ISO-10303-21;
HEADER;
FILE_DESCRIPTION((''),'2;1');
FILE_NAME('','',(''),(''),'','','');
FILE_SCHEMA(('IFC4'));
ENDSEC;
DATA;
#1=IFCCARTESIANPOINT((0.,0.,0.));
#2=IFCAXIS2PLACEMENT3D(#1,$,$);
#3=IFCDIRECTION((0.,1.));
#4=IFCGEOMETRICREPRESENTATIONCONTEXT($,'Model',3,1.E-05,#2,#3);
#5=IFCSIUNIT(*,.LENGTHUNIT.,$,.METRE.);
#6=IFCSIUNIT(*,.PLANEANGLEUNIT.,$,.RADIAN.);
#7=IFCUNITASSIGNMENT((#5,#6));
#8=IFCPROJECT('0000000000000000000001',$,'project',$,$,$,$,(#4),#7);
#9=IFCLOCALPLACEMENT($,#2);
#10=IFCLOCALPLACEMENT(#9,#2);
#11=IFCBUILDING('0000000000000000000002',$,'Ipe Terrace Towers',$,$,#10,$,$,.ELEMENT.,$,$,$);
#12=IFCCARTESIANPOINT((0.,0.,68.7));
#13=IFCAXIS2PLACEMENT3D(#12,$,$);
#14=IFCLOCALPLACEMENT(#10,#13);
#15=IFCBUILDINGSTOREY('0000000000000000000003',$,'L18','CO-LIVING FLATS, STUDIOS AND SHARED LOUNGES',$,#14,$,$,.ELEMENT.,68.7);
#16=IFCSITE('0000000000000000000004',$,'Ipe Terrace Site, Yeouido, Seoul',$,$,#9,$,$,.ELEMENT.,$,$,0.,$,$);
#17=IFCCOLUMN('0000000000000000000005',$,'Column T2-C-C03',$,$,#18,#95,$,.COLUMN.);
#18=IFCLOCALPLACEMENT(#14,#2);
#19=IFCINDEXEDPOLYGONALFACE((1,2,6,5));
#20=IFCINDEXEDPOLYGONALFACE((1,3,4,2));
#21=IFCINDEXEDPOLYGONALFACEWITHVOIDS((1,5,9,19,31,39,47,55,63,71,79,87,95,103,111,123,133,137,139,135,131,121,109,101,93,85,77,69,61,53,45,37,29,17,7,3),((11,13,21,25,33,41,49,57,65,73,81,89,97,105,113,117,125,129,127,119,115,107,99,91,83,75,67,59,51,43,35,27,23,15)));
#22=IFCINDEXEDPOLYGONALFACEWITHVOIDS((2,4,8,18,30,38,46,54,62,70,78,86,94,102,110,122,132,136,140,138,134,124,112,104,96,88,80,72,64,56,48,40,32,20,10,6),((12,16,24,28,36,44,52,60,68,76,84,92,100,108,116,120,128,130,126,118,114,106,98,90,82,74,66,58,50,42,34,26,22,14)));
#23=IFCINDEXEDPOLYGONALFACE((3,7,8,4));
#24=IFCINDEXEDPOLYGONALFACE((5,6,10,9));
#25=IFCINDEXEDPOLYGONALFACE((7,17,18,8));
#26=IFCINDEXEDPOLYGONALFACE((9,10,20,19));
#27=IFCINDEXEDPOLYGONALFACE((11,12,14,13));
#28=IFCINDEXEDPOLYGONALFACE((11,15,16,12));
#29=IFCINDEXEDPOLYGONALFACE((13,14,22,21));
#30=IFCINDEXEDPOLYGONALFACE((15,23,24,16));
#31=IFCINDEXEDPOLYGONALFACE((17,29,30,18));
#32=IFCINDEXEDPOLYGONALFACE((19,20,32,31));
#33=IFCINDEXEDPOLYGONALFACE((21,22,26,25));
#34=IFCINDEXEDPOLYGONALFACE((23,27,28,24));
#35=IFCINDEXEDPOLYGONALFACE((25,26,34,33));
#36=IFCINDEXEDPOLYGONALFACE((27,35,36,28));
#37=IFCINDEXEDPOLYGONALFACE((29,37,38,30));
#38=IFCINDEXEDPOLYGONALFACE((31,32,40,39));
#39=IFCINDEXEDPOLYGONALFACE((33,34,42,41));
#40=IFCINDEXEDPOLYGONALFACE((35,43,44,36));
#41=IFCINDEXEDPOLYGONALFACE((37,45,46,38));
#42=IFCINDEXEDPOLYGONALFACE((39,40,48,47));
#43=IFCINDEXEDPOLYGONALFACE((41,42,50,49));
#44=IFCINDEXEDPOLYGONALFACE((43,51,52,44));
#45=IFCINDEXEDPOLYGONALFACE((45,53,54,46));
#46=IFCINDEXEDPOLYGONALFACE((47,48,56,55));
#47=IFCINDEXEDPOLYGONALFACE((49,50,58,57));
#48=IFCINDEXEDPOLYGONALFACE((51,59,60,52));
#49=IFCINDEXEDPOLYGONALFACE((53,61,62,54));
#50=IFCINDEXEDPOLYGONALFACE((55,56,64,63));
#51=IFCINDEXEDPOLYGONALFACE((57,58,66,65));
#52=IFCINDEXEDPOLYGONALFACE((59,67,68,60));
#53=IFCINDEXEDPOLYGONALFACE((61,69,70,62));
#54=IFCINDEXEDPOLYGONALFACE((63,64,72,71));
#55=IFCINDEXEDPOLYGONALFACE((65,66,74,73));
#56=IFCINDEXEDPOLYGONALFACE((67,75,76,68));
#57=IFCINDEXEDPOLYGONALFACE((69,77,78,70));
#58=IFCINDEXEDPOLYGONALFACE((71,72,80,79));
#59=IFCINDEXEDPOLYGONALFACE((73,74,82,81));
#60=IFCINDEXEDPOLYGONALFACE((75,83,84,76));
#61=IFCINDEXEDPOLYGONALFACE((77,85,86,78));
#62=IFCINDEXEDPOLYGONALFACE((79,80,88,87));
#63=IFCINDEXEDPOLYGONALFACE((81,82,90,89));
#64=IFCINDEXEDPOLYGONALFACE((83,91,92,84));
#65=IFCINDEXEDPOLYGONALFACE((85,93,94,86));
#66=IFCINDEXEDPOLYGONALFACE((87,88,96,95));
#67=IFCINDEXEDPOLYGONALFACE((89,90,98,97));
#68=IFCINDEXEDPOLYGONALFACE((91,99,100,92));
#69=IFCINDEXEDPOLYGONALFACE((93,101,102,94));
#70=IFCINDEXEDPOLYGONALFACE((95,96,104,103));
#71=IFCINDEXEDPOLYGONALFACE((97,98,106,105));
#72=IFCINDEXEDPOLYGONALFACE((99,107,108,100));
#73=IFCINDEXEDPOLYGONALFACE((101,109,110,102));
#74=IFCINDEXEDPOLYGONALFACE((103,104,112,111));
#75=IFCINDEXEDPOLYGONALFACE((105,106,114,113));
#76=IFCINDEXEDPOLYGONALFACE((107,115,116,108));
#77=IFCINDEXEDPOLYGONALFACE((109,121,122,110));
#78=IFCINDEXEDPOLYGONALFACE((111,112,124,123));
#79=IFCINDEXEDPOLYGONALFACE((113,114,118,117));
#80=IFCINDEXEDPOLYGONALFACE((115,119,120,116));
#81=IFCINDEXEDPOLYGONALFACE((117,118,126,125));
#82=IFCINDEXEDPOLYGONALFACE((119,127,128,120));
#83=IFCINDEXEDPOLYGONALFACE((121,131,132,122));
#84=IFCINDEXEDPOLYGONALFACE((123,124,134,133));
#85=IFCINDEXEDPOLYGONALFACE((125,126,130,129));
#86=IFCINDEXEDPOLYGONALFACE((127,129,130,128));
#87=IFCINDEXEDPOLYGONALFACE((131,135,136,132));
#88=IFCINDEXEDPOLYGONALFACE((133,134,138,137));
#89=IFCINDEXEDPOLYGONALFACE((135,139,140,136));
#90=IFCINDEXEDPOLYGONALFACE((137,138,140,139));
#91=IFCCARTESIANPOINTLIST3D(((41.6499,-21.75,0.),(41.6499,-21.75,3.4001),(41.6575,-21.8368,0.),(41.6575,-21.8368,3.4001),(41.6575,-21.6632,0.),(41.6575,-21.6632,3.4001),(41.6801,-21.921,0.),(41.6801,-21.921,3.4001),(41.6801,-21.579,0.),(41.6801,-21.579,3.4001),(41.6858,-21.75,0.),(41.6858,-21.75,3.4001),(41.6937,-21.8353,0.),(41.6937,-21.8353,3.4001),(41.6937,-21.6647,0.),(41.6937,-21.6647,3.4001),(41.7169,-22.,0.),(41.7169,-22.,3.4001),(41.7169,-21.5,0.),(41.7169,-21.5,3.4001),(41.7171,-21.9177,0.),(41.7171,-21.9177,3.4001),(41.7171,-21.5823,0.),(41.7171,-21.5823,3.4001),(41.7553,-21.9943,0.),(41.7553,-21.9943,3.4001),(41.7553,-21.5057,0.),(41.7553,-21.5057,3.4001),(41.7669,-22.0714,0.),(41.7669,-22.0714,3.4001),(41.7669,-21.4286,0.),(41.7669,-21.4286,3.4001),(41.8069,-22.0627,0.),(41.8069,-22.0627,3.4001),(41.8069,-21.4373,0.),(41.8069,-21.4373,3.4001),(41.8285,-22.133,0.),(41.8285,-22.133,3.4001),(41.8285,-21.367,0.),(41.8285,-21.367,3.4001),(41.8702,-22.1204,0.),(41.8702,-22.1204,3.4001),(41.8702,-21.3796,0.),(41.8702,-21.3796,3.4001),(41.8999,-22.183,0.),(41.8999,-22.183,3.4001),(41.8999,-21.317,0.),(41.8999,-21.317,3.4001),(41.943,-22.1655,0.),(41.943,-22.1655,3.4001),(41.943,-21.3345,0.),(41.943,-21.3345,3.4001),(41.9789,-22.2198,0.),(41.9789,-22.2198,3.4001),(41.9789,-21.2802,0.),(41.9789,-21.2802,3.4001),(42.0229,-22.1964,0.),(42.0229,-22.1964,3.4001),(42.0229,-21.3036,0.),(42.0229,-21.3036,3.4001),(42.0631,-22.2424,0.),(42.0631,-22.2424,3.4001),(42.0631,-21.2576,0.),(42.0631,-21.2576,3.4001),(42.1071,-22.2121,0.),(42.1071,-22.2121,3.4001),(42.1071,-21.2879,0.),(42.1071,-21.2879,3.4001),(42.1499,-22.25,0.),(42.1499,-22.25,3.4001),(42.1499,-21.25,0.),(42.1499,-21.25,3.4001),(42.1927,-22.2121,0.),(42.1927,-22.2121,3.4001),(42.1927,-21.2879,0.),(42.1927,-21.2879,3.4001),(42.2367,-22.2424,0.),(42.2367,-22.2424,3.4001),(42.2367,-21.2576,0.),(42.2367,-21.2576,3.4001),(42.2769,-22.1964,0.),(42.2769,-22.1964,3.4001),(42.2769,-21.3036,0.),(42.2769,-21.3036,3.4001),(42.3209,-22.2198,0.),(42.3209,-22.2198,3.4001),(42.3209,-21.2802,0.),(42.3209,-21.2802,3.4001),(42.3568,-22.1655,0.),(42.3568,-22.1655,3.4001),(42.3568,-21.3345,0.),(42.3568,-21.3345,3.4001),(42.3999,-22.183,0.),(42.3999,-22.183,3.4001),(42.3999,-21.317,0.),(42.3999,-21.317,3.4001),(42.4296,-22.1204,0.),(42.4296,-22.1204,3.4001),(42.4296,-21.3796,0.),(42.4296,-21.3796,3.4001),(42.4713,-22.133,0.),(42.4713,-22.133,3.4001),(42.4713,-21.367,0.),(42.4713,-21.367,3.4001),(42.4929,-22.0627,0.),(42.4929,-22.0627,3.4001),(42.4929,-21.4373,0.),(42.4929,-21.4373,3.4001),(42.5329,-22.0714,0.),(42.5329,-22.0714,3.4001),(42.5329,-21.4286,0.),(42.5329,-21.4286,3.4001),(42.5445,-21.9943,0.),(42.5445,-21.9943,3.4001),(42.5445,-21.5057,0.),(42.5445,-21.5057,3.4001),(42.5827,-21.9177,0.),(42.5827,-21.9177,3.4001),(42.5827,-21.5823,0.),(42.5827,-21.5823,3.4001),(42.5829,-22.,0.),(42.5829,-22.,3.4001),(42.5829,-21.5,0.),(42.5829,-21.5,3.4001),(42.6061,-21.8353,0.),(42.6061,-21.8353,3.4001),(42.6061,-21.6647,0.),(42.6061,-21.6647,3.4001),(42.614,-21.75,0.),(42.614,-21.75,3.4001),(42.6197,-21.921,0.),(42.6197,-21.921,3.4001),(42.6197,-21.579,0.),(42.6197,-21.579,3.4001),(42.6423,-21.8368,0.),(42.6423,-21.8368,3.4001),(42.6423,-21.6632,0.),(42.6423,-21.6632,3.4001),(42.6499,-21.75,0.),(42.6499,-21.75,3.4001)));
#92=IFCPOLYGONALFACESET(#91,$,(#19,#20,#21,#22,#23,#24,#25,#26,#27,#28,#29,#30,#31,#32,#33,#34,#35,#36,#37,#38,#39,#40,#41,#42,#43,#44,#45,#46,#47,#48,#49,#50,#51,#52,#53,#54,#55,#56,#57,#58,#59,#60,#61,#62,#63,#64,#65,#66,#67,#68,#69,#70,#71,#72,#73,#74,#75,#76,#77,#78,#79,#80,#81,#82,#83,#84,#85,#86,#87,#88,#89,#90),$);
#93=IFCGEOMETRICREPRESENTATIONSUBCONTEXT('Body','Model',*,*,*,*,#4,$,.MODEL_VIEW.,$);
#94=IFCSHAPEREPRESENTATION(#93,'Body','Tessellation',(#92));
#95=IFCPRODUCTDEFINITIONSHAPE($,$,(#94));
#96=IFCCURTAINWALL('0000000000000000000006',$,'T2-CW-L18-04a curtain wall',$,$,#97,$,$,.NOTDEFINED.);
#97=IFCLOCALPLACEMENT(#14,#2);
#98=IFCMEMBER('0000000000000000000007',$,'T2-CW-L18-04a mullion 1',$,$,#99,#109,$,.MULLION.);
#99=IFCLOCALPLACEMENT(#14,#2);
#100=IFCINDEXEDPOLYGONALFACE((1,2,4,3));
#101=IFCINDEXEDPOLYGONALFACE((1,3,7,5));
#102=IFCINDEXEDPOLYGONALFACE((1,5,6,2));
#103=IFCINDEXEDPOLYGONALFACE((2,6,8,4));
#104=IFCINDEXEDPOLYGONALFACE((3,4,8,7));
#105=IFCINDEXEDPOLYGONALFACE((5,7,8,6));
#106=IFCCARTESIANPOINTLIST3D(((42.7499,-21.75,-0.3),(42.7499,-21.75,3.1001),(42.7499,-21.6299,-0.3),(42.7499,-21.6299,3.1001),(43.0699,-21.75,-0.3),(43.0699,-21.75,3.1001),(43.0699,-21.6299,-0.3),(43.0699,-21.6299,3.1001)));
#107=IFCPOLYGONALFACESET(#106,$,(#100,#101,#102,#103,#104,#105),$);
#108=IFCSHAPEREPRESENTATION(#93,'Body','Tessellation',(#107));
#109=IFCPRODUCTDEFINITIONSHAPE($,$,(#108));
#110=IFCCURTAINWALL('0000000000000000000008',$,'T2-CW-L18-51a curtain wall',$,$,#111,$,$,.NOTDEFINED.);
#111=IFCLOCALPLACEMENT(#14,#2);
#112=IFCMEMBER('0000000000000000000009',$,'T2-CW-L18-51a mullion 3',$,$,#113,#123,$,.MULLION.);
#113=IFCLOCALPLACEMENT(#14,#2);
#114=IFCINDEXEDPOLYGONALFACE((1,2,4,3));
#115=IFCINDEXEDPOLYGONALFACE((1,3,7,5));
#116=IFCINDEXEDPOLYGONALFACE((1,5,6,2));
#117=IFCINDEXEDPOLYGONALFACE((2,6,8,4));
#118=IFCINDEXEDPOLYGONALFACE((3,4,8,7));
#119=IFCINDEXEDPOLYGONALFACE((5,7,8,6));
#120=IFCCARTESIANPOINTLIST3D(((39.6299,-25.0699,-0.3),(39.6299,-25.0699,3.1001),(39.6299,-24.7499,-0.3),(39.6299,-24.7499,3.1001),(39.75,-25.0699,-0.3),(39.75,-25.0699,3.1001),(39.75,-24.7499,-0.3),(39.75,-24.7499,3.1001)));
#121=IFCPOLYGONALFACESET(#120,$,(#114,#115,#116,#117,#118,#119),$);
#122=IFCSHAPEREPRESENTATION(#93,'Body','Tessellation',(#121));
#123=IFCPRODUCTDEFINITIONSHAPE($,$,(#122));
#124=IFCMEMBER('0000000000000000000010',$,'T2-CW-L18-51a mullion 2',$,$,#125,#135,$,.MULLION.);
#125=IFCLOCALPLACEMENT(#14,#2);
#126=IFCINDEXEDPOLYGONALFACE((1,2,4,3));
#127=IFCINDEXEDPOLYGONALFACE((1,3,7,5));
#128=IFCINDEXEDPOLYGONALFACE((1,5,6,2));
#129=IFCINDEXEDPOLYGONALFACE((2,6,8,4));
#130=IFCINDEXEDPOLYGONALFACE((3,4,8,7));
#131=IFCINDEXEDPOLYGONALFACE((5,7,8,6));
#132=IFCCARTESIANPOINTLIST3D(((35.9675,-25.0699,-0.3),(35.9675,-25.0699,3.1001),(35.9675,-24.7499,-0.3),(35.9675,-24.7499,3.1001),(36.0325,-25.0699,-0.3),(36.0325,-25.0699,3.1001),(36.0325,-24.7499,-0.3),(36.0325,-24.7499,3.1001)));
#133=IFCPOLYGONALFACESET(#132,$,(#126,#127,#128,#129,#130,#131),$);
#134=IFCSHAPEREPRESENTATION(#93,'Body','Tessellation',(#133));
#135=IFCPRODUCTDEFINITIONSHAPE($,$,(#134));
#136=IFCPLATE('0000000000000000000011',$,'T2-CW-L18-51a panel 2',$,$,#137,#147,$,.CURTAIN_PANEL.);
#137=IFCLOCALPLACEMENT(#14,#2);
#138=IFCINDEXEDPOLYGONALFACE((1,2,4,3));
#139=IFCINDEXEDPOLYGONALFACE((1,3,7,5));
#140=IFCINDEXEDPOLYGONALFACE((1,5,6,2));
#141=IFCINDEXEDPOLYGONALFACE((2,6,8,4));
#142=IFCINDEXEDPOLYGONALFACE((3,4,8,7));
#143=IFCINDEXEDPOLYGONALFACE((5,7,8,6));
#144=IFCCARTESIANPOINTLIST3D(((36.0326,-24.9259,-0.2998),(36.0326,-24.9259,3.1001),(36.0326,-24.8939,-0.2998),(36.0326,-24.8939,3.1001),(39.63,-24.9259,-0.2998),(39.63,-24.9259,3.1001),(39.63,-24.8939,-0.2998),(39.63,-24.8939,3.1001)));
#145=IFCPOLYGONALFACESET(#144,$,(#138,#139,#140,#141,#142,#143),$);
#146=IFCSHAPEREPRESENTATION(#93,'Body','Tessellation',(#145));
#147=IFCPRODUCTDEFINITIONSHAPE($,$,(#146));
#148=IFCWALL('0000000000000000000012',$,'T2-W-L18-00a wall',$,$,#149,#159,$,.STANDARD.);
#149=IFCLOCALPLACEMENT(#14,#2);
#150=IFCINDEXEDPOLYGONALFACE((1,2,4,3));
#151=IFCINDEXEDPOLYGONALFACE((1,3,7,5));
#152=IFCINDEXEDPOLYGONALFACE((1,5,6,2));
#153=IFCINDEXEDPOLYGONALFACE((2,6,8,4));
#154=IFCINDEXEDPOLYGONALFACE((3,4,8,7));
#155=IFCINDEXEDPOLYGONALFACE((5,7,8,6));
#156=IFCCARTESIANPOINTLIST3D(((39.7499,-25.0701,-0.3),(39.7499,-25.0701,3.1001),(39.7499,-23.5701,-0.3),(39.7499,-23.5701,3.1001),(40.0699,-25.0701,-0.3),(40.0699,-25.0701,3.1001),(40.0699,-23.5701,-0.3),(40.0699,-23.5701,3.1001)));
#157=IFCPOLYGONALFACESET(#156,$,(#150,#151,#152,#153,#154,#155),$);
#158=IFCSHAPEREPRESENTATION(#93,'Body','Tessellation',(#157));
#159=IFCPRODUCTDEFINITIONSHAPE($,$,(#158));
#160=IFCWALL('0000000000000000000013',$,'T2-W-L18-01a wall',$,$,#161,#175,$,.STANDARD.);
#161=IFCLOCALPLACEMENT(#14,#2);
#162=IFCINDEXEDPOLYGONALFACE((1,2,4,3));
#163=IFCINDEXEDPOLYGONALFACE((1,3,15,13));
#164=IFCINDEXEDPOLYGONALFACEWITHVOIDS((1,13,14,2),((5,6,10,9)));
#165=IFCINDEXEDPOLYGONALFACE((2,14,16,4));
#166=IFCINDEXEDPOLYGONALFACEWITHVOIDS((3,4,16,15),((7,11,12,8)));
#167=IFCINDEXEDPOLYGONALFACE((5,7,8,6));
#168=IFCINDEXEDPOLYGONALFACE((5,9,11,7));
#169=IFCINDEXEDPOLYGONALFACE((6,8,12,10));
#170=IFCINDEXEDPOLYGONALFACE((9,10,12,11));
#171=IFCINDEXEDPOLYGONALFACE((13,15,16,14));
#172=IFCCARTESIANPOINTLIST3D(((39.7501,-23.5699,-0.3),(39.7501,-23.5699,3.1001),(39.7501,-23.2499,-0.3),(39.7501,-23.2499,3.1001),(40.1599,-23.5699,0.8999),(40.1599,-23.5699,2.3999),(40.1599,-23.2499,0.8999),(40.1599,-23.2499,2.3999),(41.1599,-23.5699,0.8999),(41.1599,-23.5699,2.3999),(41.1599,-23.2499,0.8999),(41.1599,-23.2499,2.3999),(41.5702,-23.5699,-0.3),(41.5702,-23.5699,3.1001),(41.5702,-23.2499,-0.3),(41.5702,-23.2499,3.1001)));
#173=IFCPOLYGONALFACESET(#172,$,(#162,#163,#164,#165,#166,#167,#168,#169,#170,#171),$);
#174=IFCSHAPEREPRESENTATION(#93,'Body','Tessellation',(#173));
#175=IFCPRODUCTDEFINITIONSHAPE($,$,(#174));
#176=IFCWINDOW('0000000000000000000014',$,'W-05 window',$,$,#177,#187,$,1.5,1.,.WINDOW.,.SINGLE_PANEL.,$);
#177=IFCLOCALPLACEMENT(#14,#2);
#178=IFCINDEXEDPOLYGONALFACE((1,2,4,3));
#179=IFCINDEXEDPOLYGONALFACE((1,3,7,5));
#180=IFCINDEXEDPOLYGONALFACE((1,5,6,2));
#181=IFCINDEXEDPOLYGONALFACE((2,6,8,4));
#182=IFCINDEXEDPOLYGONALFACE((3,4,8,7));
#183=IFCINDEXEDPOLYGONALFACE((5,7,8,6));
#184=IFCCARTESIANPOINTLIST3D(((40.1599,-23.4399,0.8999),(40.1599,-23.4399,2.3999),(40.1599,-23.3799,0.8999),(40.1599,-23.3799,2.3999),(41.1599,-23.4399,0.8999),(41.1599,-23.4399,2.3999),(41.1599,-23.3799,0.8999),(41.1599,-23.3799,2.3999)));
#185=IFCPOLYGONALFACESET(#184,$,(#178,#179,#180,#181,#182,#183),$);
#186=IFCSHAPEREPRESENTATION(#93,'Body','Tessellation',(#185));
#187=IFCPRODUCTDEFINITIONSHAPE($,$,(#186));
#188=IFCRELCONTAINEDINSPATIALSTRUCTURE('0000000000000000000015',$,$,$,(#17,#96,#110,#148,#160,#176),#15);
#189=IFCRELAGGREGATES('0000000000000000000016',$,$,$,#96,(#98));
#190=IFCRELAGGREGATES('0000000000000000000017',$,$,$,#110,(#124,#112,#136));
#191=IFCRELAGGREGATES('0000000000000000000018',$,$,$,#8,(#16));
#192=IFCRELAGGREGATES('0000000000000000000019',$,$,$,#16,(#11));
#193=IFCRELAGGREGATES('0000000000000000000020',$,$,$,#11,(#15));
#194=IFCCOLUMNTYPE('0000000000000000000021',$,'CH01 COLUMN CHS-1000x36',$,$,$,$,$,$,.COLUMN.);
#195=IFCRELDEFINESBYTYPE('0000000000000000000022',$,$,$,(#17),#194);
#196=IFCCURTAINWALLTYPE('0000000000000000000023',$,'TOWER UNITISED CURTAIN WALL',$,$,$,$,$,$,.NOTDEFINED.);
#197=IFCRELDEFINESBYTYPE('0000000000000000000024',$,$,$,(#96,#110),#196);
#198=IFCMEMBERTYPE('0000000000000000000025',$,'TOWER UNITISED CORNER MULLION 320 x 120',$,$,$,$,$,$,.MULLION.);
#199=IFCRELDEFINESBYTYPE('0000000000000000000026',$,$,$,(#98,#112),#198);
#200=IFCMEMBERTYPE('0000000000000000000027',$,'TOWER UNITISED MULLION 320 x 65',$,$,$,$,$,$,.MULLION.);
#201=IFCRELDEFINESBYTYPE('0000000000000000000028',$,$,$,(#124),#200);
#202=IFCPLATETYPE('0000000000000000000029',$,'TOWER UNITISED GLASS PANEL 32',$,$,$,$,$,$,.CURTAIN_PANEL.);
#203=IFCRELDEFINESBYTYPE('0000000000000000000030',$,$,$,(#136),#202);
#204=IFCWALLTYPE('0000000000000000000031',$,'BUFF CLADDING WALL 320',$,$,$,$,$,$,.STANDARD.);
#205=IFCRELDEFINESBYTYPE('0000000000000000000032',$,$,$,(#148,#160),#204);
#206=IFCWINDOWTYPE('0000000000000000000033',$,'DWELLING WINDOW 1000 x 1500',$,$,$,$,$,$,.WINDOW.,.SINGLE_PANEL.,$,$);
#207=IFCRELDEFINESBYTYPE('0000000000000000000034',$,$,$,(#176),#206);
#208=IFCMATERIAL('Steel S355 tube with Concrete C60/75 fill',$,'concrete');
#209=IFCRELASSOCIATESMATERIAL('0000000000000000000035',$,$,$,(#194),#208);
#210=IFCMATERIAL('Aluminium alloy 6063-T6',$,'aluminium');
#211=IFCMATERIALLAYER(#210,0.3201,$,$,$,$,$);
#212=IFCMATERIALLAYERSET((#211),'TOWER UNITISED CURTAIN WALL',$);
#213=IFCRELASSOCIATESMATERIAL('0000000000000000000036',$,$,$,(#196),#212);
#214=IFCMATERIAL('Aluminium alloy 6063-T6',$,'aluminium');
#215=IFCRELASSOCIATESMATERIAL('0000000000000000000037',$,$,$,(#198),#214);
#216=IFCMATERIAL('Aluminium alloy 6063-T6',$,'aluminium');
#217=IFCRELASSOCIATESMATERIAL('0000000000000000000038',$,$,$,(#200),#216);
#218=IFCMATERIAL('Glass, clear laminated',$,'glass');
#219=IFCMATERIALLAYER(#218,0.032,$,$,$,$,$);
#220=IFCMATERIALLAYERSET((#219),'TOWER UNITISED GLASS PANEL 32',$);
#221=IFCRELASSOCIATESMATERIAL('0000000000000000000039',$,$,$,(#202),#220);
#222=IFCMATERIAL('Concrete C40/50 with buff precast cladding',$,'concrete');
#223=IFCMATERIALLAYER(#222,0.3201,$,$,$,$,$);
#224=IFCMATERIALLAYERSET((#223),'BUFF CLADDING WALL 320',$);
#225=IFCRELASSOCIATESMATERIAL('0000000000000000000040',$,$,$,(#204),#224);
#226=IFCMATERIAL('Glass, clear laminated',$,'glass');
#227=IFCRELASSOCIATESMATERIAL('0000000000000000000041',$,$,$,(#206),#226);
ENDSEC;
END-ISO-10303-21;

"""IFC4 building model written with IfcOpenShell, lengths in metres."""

from ifc_helpers import new_model, si_unit, direction, frame, frame_2d, origin, origin_2d, place, context, subcontext, project, spatial, rectangle, hollow_circle, extrude, material, layer, layer_set, material_profile, profile_set, type_object, element, fill, aggregate, save


model = new_model("IFC4")

# Units and contexts
model_context = context("Model", 3, precision=1e-05, world=origin(), true_north=direction((0.0, 1.0)))
body_context = subcontext(model_context, "Body", "Model", "MODEL_VIEW")
ifc_project = project(units=[si_unit("LENGTHUNIT", "METRE"), si_unit("PLANEANGLEUNIT", "RADIAN")], contexts=[model_context])

# Site, building, storey
site_placement = place(None, origin())
site = spatial("IfcSite", under=ifc_project, at=site_placement, Name="Ipe Terrace Site, Yeouido, Seoul", CompositionType="ELEMENT", RefElevation=0.0)
building_placement = place(site_placement, origin())
building = spatial("IfcBuilding", under=site, at=building_placement, Name="Ipe Terrace Towers", CompositionType="ELEMENT")
storey_placement = place(building_placement, frame((0.0, 0.0, 68.7)))
storey = spatial("IfcBuildingStorey", under=building, at=storey_placement, Name="L18", Description="CO-LIVING FLATS, STUDIOS AND SHARED LOUNGES", CompositionType="ELEMENT", Elevation=68.7)

# Column
ifc_material_1 = material(Name="Steel S355 tube with Concrete C60/75 fill", Category="concrete")
ifc_material_profile_1 = material_profile(ifc_material_1, hollow_circle(Radius=0.5, WallThickness=0.0359, at=origin_2d()), Name="CHS-1000x36")
ifc_profile_set_1 = profile_set([ifc_material_profile_1], Name="Steel S355 tube with Concrete C60/75 fill")
column_type = type_object("IfcColumnType", Name="CH01 COLUMN CHS-1000x36", PredefinedType="COLUMN", material=ifc_profile_set_1)
column_placement = place(storey_placement, frame((42.1499, -21.75, 0.0), z_axis=(0.0, 0.0, 1.0), x_axis=(1.0, 0.0, 0.0)))
element("IfcColumn", 1, at=column_placement, inside=storey, type_object=column_type, Name="Column T2-C-C03", PredefinedType="COLUMN", context=body_context, shape_type="SweptSolid", body=[
    extrude(hollow_circle(Radius=0.5, WallThickness=0.0359, at=origin_2d()), origin(), (0.0, 0.0, 1.0), 3.4001),
])

# Curtain wall, member
ifc_material_2 = material(Name="Aluminium alloy 6063-T6", Category="aluminium")
ifc_layer_1 = layer(ifc_material_2, 0.3201)
ifc_layer_set_1 = layer_set([ifc_layer_1], Name="TOWER UNITISED CURTAIN WALL")
curtain_wall_type = type_object("IfcCurtainWallType", Name="TOWER UNITISED CURTAIN WALL", PredefinedType="NOTDEFINED", material=ifc_layer_set_1)
curtain_wall_1_placement = place(storey_placement, origin())
curtain_wall_1 = element("IfcCurtainWall", 2, at=curtain_wall_1_placement, inside=storey, type_object=curtain_wall_type, Name="T2-CW-L18-04a curtain wall", PredefinedType="NOTDEFINED")
ifc_material_3 = material(Name="Aluminium alloy 6063-T6", Category="aluminium")
ifc_material_profile_2 = material_profile(ifc_material_3, rectangle(XDim=0.3201, YDim=0.1201, at=origin_2d()), Name="TOWER UNITISED CORNER MULLION 320 x 120")
ifc_profile_set_2 = profile_set([ifc_material_profile_2], Name="Aluminium alloy 6063-T6")
member_type_1 = type_object("IfcMemberType", Name="TOWER UNITISED CORNER MULLION 320 x 120", PredefinedType="MULLION", material=ifc_profile_set_2)
member_1_placement = place(storey_placement, frame((42.9099, -21.6899, -0.3), z_axis=(0.0, 0.0, 1.0), x_axis=(1.0, 0.0, 0.0)))
member_1 = element("IfcMember", 3, at=member_1_placement, type_object=member_type_1, Name="T2-CW-L18-04a mullion 1", PredefinedType="MULLION", context=body_context, shape_type="SweptSolid", body=[
    extrude(rectangle(XDim=0.3201, YDim=0.1201, at=origin_2d()), origin(), (0.0, 0.0, 1.0), 3.4001),
])
aggregate(curtain_wall_1, [member_1])

# Curtain wall, members, plate
curtain_wall_2_placement = place(storey_placement, origin())
curtain_wall_2 = element("IfcCurtainWall", 4, at=curtain_wall_2_placement, inside=storey, type_object=curtain_wall_type, Name="T2-CW-L18-51a curtain wall", PredefinedType="NOTDEFINED")
member_2_placement = place(storey_placement, frame((39.6899, -24.9099, -0.3), z_axis=(0.0, 0.0, 1.0), x_axis=(0.0, -1.0, 0.0)))
member_2 = element("IfcMember", 5, at=member_2_placement, type_object=member_type_1, Name="T2-CW-L18-51a mullion 3", PredefinedType="MULLION", context=body_context, shape_type="SweptSolid", body=[
    extrude(rectangle(XDim=0.3201, YDim=0.1201, at=origin_2d()), origin(), (0.0, 0.0, 1.0), 3.4001),
])
ifc_material_4 = material(Name="Aluminium alloy 6063-T6", Category="aluminium")
ifc_material_profile_3 = material_profile(ifc_material_4, rectangle(XDim=0.3201, YDim=0.0649, at=origin_2d()), Name="TOWER UNITISED MULLION 320 x 65")
ifc_profile_set_3 = profile_set([ifc_material_profile_3], Name="Aluminium alloy 6063-T6")
member_type_2 = type_object("IfcMemberType", Name="TOWER UNITISED MULLION 320 x 65", PredefinedType="MULLION", material=ifc_profile_set_3)
member_3_placement = place(storey_placement, frame((36.0, -24.9099, -0.3), z_axis=(0.0, 0.0, 1.0), x_axis=(0.0, -1.0, 0.0)))
member_3 = element("IfcMember", 6, at=member_3_placement, type_object=member_type_2, Name="T2-CW-L18-51a mullion 2", PredefinedType="MULLION", context=body_context, shape_type="SweptSolid", body=[
    extrude(rectangle(XDim=0.3201, YDim=0.0649, at=origin_2d()), origin(), (0.0, 0.0, 1.0), 3.4001),
])
ifc_material_5 = material(Name="Glass, clear laminated", Category="glass")
ifc_layer_2 = layer(ifc_material_5, 0.032)
ifc_layer_set_2 = layer_set([ifc_layer_2], Name="TOWER UNITISED GLASS PANEL 32")
plate_type = type_object("IfcPlateType", Name="TOWER UNITISED GLASS PANEL 32", PredefinedType="CURTAIN_PANEL", material=ifc_layer_set_2)
plate_placement = place(storey_placement, frame((37.8313, -24.9099, -0.2998), z_axis=(0.0, 0.0, 1.0), x_axis=(1.0, 0.0, 0.0)))
plate = element("IfcPlate", 7, at=plate_placement, type_object=plate_type, Name="T2-CW-L18-51a panel 2", PredefinedType="CURTAIN_PANEL", context=body_context, shape_type="SweptSolid", body=[
    extrude(rectangle(XDim=3.5974, YDim=0.032, at=origin_2d()), origin(), (0.0, 0.0, 1.0), 3.3999),
])
aggregate(curtain_wall_2, [member_3, member_2, plate])

# Wall
ifc_material_6 = material(Name="Concrete C40/50 with buff precast cladding", Category="concrete")
ifc_layer_3 = layer(ifc_material_6, 0.3201)
ifc_layer_set_3 = layer_set([ifc_layer_3], Name="BUFF CLADDING WALL 320")
wall_type_1 = type_object("IfcWallType", Name="BUFF CLADDING WALL 320", PredefinedType="STANDARD", material=ifc_layer_set_3)
wall_1_placement = place(storey_placement, frame((39.9099, -25.0701, -0.3), z_axis=(0.0, 0.0, 1.0), x_axis=(0.0, 1.0, 0.0)))
element("IfcWall", 8, at=wall_1_placement, inside=storey, type_object=wall_type_1, Name="T2-W-L18-00a wall", PredefinedType="STANDARD", context=body_context, shape_type="SweptSolid", body=[
    extrude(rectangle(XDim=1.5, YDim=0.3201, at=frame_2d((0.75, 0.0))), origin(), (0.0, 0.0, 1.0), 3.4001),
])

# Wall, opening, window
wall_2_placement = place(storey_placement, frame((39.75, -23.4099, -0.3), z_axis=(0.0, 0.0, 1.0), x_axis=(1.0, 0.0, 0.0)))
wall_2 = element("IfcWall", 9, at=wall_2_placement, inside=storey, type_object=wall_type_1, Name="T2-W-L18-01a wall", PredefinedType="STANDARD", context=body_context, shape_type="SweptSolid", body=[
    extrude(rectangle(XDim=1.8201, YDim=0.3201, at=frame_2d((0.9102, 0.0))), origin(), (0.0, 0.0, 1.0), 3.4001),
])
opening_1_placement = place(wall_2_placement, frame((0.4099, 0.0, 1.2)))
opening_1 = element("IfcOpeningElement", 10, at=opening_1_placement, cuts=wall_2, PredefinedType="OPENING", context=body_context, shape_type="SweptSolid", body=[
    extrude(rectangle(XDim=1.0, YDim=1.5, at=frame_2d((0.5, 0.75))), frame((0.0, 0.1699, 0.0), z_axis=(0.0, -1.0, 0.0), x_axis=(1.0, 0.0, 0.0)), (0.0, 0.0, 1.0), 0.3401),
])
ifc_material_7 = material(Name="Glass, clear laminated", Category="glass")
window_type = type_object("IfcWindowType", Name="DWELLING WINDOW 1000 x 1500", PartitioningType="SINGLE_PANEL", PredefinedType="WINDOW", material=ifc_material_7)
window_placement = place(opening_1_placement, origin())
window = element("IfcWindow", 11, at=window_placement, inside=storey, type_object=window_type, Name="W-05 window", OverallHeight=1.5, OverallWidth=1.0, PartitioningType="SINGLE_PANEL", PredefinedType="WINDOW", context=body_context, shape_type="SweptSolid", body=[
    extrude(rectangle(XDim=1.0, YDim=1.5, at=frame_2d((0.5, 0.75))), frame((0.0, 0.03, 0.0), z_axis=(0.0, -1.0, 0.0), x_axis=(1.0, 0.0, 0.0)), (0.0, 0.0, 1.0), 0.0601),
])
fill(opening_1, window)

save(model, "model.ifc")
